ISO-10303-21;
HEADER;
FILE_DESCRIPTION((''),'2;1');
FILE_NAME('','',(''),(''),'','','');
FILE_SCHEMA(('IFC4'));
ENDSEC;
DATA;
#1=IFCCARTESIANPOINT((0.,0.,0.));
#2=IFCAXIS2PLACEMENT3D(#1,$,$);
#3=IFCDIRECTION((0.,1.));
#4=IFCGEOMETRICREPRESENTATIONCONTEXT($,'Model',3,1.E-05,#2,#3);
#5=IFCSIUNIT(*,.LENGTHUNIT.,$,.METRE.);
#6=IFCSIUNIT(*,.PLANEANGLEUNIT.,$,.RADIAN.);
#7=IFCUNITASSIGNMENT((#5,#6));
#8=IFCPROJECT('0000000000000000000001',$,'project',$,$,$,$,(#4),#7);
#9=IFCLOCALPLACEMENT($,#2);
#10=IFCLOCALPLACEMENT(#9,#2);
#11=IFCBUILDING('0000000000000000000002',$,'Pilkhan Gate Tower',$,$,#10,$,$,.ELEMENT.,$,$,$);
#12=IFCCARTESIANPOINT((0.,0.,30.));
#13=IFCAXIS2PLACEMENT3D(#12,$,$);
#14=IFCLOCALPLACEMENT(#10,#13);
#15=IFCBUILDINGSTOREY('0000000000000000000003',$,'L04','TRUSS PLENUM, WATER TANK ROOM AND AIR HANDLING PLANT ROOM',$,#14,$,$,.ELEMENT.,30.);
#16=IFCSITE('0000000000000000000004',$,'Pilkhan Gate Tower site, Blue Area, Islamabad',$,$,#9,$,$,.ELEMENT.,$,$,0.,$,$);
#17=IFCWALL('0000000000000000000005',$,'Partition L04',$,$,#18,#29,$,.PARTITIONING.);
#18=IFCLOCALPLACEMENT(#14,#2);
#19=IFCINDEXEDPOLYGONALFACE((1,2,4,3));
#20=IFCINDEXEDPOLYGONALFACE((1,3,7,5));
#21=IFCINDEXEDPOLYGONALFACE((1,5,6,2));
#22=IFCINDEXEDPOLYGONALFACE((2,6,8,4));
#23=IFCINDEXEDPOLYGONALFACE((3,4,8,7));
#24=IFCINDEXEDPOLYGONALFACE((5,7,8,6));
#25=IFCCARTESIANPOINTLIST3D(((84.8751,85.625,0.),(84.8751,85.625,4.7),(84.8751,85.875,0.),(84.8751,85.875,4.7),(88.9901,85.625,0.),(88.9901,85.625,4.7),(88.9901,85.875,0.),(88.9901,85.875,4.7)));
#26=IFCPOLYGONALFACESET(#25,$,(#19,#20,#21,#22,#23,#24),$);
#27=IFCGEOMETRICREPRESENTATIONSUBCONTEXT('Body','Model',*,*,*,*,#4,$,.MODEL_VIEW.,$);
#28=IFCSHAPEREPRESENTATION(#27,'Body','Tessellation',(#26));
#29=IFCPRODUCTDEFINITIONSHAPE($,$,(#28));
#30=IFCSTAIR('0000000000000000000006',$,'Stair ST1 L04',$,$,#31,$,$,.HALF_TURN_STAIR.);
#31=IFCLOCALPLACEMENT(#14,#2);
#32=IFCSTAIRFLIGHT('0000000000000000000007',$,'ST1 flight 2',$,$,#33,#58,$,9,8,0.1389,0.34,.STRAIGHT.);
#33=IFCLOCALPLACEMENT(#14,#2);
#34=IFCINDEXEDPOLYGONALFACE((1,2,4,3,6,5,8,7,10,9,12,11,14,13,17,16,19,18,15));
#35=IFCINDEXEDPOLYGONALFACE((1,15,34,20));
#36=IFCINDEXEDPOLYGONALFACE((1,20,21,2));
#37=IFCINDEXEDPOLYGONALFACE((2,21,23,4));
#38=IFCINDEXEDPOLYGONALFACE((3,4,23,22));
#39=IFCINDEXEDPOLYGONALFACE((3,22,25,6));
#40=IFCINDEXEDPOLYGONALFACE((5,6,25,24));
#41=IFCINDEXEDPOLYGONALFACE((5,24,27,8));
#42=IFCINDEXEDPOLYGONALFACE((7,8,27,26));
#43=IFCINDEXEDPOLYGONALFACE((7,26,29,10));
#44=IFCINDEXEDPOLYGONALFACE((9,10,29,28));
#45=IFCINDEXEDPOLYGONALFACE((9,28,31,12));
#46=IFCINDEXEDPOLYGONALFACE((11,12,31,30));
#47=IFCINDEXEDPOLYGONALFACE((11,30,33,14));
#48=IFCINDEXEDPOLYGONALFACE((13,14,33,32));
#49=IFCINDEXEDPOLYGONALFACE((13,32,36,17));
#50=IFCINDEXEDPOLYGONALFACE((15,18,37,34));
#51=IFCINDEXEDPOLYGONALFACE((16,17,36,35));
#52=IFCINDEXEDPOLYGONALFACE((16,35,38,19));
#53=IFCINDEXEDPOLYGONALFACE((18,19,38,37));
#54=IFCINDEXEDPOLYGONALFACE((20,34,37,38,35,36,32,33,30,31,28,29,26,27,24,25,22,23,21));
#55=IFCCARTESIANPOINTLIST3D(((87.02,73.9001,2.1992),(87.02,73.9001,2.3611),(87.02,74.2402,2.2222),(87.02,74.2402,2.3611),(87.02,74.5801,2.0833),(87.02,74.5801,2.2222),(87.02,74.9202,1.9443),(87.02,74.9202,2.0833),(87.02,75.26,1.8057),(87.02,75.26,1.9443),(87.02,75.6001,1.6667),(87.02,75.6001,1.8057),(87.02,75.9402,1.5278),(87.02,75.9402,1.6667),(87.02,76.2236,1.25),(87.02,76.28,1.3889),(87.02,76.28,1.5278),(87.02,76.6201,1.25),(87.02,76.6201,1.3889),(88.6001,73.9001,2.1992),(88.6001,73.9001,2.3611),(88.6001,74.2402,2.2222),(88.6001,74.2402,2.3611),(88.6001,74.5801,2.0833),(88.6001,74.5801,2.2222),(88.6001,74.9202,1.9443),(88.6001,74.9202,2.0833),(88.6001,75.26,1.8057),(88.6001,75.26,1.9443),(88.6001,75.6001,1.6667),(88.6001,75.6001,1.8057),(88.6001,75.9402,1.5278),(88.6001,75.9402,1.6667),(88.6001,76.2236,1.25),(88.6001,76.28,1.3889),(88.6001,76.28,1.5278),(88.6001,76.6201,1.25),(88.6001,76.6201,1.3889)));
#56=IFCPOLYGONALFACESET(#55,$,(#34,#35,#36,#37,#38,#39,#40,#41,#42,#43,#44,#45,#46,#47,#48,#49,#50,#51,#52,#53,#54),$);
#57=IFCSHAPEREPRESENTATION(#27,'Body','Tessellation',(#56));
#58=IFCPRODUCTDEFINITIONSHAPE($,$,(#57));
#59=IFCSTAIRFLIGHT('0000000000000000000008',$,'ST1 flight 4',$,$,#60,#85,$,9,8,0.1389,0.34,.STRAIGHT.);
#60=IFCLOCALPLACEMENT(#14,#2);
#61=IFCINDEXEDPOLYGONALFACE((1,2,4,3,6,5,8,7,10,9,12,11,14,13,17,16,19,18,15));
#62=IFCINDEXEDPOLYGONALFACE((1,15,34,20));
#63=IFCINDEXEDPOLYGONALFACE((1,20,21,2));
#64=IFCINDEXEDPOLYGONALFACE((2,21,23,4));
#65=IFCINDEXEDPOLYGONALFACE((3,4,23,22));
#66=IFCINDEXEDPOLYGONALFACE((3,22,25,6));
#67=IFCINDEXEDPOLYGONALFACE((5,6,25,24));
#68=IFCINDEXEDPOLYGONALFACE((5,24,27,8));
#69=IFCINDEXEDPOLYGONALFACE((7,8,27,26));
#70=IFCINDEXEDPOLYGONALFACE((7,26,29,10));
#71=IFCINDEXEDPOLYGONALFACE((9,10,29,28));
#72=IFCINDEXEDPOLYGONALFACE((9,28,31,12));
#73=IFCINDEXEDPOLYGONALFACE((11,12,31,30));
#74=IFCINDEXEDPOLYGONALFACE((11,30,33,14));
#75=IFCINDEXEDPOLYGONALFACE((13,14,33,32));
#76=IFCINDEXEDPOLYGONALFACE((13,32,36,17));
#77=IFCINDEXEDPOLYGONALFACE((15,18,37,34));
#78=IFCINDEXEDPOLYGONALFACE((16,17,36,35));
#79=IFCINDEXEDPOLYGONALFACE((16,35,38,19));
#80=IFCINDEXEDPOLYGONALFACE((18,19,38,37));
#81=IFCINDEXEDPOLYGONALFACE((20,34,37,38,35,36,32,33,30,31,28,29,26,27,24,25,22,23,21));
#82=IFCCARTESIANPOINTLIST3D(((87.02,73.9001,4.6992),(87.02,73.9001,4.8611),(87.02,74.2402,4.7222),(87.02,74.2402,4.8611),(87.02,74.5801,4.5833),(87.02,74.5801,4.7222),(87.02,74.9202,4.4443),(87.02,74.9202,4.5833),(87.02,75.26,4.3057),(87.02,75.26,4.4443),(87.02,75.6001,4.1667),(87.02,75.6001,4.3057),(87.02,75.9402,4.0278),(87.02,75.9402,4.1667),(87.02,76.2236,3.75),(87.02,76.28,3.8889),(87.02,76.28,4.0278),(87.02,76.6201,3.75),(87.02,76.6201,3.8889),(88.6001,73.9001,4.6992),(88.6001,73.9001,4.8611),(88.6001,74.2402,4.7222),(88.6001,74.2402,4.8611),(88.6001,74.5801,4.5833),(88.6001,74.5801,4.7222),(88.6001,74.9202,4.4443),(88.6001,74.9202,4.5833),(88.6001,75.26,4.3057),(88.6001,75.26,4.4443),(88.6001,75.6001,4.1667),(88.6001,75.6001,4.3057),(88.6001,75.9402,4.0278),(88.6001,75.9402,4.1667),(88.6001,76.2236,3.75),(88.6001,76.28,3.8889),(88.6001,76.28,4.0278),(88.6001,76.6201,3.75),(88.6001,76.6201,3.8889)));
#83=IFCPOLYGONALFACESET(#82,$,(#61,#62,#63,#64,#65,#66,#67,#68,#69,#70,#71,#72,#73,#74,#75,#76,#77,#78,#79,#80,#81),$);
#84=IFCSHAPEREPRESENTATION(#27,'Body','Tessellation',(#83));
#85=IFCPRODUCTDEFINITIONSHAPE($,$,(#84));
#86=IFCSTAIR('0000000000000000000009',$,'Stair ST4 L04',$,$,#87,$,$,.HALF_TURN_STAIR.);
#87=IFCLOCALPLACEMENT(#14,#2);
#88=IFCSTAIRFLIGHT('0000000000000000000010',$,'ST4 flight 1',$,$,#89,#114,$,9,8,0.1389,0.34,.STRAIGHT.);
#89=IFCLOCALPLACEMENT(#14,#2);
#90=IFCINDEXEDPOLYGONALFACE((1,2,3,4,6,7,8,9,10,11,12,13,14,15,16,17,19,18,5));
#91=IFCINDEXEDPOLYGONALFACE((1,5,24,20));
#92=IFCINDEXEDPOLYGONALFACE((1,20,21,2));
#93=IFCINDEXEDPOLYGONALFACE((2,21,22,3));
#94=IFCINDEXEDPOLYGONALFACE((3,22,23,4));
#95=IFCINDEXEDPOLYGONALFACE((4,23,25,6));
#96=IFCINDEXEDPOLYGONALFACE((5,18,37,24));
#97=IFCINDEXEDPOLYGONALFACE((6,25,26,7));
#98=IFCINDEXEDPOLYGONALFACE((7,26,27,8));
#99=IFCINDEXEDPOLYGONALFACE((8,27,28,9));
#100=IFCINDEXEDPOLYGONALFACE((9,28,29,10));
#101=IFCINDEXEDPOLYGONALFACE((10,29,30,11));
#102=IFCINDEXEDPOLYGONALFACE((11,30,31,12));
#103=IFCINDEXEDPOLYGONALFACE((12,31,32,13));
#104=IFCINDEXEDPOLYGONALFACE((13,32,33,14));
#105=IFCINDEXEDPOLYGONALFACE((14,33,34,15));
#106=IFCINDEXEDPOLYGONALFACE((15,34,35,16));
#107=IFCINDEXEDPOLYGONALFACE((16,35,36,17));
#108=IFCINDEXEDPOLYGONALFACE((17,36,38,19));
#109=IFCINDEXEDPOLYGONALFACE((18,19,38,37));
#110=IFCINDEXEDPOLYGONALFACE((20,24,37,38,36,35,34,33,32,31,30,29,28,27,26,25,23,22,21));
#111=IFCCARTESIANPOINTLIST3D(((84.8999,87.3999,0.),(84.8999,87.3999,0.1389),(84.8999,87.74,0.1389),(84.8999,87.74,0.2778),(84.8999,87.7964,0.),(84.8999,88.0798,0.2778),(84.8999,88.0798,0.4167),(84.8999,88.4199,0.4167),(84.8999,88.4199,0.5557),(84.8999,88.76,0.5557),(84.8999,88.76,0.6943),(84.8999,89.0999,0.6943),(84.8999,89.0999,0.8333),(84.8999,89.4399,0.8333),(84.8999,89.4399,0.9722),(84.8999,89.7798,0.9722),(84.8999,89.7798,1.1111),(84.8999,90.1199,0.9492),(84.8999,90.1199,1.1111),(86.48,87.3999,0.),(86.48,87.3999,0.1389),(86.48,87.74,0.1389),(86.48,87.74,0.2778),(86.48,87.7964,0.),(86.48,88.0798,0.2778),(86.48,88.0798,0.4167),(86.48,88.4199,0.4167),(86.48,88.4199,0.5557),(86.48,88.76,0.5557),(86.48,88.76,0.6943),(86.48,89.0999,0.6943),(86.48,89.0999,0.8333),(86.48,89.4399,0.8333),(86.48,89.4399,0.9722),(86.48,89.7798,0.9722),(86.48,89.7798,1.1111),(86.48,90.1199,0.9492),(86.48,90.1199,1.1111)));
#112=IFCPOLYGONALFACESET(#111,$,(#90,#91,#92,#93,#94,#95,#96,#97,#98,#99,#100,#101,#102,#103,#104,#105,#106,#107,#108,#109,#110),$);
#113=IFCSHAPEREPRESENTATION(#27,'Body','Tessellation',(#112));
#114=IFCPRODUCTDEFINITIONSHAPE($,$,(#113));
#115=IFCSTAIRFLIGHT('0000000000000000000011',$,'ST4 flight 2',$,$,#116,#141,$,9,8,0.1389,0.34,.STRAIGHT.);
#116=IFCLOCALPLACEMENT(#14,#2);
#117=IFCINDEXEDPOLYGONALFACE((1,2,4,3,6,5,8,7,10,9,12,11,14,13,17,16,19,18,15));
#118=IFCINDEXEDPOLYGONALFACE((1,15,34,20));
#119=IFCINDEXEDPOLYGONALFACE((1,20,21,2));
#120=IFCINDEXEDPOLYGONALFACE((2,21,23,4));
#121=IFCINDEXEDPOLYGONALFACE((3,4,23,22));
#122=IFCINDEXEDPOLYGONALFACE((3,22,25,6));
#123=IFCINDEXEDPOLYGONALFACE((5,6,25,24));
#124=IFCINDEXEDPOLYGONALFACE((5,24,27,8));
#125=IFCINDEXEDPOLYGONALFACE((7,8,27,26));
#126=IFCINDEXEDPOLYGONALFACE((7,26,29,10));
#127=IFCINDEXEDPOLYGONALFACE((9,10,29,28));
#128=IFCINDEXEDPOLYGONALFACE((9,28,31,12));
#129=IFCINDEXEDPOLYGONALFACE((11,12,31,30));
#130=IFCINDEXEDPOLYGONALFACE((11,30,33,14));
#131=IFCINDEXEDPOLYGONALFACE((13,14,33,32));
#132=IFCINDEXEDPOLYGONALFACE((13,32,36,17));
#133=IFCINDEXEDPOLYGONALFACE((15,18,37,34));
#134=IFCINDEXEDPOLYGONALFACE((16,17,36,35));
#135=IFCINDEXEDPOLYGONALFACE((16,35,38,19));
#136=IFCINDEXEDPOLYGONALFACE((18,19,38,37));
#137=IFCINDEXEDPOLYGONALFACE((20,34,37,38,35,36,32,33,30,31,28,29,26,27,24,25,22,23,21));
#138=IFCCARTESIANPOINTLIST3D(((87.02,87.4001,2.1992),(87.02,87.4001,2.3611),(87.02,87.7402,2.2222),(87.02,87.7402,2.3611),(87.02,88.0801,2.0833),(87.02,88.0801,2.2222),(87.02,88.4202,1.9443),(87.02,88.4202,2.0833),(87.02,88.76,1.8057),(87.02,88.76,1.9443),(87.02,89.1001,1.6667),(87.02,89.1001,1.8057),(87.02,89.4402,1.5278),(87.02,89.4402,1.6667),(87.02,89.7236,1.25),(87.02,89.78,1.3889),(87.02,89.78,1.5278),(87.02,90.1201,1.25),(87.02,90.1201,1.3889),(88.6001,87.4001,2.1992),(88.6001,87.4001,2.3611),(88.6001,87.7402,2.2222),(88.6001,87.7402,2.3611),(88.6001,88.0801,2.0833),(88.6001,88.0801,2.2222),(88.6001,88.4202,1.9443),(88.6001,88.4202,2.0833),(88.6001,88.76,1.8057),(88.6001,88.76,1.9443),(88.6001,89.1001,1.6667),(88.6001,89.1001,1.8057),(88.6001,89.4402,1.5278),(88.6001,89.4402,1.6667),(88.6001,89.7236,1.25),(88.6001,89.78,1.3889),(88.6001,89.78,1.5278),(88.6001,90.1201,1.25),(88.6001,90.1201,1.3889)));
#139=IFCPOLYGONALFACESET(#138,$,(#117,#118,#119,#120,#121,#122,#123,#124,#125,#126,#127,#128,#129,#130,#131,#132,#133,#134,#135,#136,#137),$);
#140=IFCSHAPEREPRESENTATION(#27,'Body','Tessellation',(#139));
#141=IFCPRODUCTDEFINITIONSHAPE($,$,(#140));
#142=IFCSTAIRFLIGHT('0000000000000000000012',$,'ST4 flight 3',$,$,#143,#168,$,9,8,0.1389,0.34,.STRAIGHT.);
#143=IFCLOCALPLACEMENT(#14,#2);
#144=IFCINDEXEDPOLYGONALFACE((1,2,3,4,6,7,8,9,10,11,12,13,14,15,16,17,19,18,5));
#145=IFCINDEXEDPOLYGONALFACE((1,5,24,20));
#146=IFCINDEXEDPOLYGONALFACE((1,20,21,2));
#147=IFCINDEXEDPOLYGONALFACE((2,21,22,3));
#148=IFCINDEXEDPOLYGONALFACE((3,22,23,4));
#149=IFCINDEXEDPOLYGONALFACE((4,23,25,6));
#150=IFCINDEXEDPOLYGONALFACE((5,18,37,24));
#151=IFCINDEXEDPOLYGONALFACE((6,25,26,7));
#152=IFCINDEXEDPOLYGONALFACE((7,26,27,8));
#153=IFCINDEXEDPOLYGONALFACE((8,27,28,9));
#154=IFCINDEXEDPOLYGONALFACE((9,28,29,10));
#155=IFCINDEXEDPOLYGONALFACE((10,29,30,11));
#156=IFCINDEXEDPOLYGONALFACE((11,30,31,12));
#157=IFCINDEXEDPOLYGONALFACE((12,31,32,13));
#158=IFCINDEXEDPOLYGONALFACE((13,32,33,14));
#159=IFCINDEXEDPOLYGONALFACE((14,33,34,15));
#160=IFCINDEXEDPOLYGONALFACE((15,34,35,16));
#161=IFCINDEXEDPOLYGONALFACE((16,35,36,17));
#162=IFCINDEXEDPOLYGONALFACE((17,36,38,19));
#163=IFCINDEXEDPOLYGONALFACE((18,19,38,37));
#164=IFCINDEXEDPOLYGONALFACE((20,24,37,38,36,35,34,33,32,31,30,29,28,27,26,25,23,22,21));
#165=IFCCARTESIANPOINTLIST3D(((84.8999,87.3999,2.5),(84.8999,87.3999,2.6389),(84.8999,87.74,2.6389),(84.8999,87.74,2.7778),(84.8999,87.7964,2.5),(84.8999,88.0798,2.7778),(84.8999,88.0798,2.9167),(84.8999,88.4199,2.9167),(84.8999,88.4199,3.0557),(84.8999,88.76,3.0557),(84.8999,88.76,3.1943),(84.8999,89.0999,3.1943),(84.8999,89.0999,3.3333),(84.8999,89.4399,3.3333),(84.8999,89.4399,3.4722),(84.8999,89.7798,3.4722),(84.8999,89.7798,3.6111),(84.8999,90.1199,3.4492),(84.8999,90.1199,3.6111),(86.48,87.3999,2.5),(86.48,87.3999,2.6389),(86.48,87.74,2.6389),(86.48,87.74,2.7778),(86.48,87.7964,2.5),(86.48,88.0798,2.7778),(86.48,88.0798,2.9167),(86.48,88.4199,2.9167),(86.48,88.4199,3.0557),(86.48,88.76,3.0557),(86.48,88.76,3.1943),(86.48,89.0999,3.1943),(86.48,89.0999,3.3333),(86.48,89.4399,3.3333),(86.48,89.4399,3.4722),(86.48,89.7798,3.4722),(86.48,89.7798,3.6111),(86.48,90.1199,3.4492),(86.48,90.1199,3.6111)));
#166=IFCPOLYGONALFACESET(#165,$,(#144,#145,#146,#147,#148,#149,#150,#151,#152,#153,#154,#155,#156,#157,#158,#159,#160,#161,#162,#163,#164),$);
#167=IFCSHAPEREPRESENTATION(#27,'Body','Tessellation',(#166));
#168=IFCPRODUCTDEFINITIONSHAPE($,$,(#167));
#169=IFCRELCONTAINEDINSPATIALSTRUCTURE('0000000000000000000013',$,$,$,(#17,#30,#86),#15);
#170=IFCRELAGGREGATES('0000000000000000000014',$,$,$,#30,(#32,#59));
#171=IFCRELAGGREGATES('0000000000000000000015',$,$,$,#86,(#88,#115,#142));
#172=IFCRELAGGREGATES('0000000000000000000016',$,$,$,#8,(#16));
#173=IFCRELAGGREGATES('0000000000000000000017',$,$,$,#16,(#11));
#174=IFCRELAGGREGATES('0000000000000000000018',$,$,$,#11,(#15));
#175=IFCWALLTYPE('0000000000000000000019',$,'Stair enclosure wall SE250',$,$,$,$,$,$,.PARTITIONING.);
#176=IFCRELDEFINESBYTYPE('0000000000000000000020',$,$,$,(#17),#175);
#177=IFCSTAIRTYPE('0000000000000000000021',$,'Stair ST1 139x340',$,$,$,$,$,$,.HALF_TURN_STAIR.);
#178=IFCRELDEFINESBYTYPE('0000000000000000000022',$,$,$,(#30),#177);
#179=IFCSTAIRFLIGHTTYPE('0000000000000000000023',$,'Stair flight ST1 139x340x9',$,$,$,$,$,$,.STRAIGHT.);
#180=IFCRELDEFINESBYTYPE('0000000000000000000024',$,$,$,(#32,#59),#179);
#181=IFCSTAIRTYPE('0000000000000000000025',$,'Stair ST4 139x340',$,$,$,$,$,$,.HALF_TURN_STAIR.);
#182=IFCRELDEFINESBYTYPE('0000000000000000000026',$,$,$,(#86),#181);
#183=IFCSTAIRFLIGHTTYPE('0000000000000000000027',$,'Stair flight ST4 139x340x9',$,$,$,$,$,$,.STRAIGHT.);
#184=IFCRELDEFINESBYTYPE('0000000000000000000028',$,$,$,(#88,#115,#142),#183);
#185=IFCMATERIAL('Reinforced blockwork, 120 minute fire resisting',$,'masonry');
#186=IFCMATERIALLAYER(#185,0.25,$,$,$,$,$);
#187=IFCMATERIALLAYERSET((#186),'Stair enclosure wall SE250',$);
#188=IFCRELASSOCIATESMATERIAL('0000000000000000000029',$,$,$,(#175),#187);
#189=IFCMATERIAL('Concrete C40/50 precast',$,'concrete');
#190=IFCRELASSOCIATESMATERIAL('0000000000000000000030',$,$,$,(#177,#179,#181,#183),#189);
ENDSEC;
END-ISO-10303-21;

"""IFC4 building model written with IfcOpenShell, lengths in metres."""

from ifc_helpers import new_model, si_unit, direction, frame, frame_2d, origin, place, context, subcontext, project, spatial, polyline, rectangle, outline, extrude, material, layer, layer_set, type_object, element, aggregate, save


model = new_model("IFC4")

# Units and contexts
model_context = context("Model", 3, precision=1e-05, world=origin(), true_north=direction((0.0, 1.0)))
body_context = subcontext(model_context, "Body", "Model", "MODEL_VIEW")
ifc_project = project(units=[si_unit("LENGTHUNIT", "METRE"), si_unit("PLANEANGLEUNIT", "RADIAN")], contexts=[model_context])

# Site, building, storey
site_placement = place(None, origin())
site = spatial("IfcSite", under=ifc_project, at=site_placement, Name="Pilkhan Gate Tower site, Blue Area, Islamabad", CompositionType="ELEMENT", RefElevation=0.0)
building_placement = place(site_placement, origin())
building = spatial("IfcBuilding", under=site, at=building_placement, Name="Pilkhan Gate Tower", CompositionType="ELEMENT")
storey_placement = place(building_placement, frame((0.0, 0.0, 30.0)))
storey = spatial("IfcBuildingStorey", under=building, at=storey_placement, Name="L04", Description="TRUSS PLENUM, WATER TANK ROOM AND AIR HANDLING PLANT ROOM", CompositionType="ELEMENT", Elevation=30.0)

# Wall
ifc_material_1 = material(Name="Reinforced blockwork, 120 minute fire resisting", Category="masonry")
ifc_layer = layer(ifc_material_1, 0.25)
ifc_layer_set = layer_set([ifc_layer], Name="Stair enclosure wall SE250")
wall_type = type_object("IfcWallType", Name="Stair enclosure wall SE250", PredefinedType="PARTITIONING", material=ifc_layer_set)
wall_placement = place(storey_placement, frame((84.875, 85.75, 0.0), z_axis=(0.0, 0.0, 1.0), x_axis=(1.0, 0.0, 0.0)))
element("IfcWall", 1, at=wall_placement, inside=storey, type_object=wall_type, Name="Partition L04", PredefinedType="PARTITIONING", context=body_context, shape_type="SweptSolid", body=[
    extrude(rectangle(XDim=4.115, YDim=0.25, at=frame_2d((2.0576, 0.0))), origin(), (0.0, 0.0, 1.0), 4.7),
])

# Stairs, stair flights
ifc_material_2 = material(Name="Concrete C40/50 precast", Category="concrete")
stair_type_1 = type_object("IfcStairType", Name="Stair ST1 139x340", PredefinedType="HALF_TURN_STAIR", material=ifc_material_2)
stair_1_placement = place(storey_placement, origin())
stair_1 = element("IfcStair", 2, at=stair_1_placement, inside=storey, type_object=stair_type_1, Name="Stair ST1 L04", PredefinedType="HALF_TURN_STAIR")
stair_flight_type_1 = type_object("IfcStairFlightType", Name="Stair flight ST1 139x340x9", PredefinedType="STRAIGHT", material=ifc_material_2)
stair_flight_1_placement = place(storey_placement, frame((87.8101, 76.6201, 1.25), z_axis=(0.0, 0.0, 1.0), x_axis=(0.0, -1.0, 0.0)))
stair_flight_1 = element("IfcStairFlight", 3, at=stair_flight_1_placement, type_object=stair_flight_type_1, Name="ST1 flight 2", NumberOfRisers=9, NumberOfTreads=8, PredefinedType="STRAIGHT", RiserHeight=0.1389, TreadLength=0.34, context=body_context, shape_type="SweptSolid", body=[
    extrude(outline(polyline([(0.0, 0.0), (0.0, 0.1389), (0.3401, 0.1389), (0.3401, 0.2778), (0.6799, 0.2778), (0.6799, 0.4167), (1.02, 0.4167), (1.02, 0.5557), (1.3601, 0.5557), (1.3601, 0.6943), (1.7, 0.6943), (1.7, 0.8333), (2.04, 0.8333), (2.04, 0.9722), (2.3799, 0.9722), (2.3799, 1.1111), (2.72, 1.1111), (2.72, 1.25), (2.72, 0.9492), (0.3965, 0.0), (0.0, 0.0)])), frame((0.0, 0.79, 0.0), z_axis=(0.0, -1.0, 0.0), x_axis=(1.0, 0.0, 0.0)), (0.0, 0.0, 1.0), 1.5801),
])
stair_flight_2_placement = place(storey_placement, frame((87.8101, 76.6201, 3.75), z_axis=(0.0, 0.0, 1.0), x_axis=(0.0, -1.0, 0.0)))
stair_flight_2 = element("IfcStairFlight", 4, at=stair_flight_2_placement, type_object=stair_flight_type_1, Name="ST1 flight 4", NumberOfRisers=9, NumberOfTreads=8, PredefinedType="STRAIGHT", RiserHeight=0.1389, TreadLength=0.34, context=body_context, shape_type="SweptSolid", body=[
    extrude(outline(polyline([(0.0, 0.0), (0.0, 0.1389), (0.3401, 0.1389), (0.3401, 0.2778), (0.6799, 0.2778), (0.6799, 0.4167), (1.02, 0.4167), (1.02, 0.5557), (1.3601, 0.5557), (1.3601, 0.6943), (1.7, 0.6943), (1.7, 0.8333), (2.04, 0.8333), (2.04, 0.9722), (2.3799, 0.9722), (2.3799, 1.1111), (2.72, 1.1111), (2.72, 1.25), (2.72, 0.9492), (0.3965, 0.0), (0.0, 0.0)])), frame((0.0, 0.79, 0.0), z_axis=(0.0, -1.0, 0.0), x_axis=(1.0, 0.0, 0.0)), (0.0, 0.0, 1.0), 1.5801),
])
aggregate(stair_1, [stair_flight_1, stair_flight_2])
stair_type_2 = type_object("IfcStairType", Name="Stair ST4 139x340", PredefinedType="HALF_TURN_STAIR", material=ifc_material_2)
stair_2_placement = place(storey_placement, origin())
stair_2 = element("IfcStair", 5, at=stair_2_placement, inside=storey, type_object=stair_type_2, Name="Stair ST4 L04", PredefinedType="HALF_TURN_STAIR")
stair_flight_type_2 = type_object("IfcStairFlightType", Name="Stair flight ST4 139x340x9", PredefinedType="STRAIGHT", material=ifc_material_2)
stair_flight_3_placement = place(storey_placement, frame((85.6899, 87.3999, 0.0), z_axis=(0.0, 0.0, 1.0), x_axis=(0.0, 1.0, 0.0)))
stair_flight_3 = element("IfcStairFlight", 6, at=stair_flight_3_placement, type_object=stair_flight_type_2, Name="ST4 flight 1", NumberOfRisers=9, NumberOfTreads=8, PredefinedType="STRAIGHT", RiserHeight=0.1389, TreadLength=0.34, context=body_context, shape_type="SweptSolid", body=[
    extrude(outline(polyline([(0.0, 0.0), (0.0, 0.1389), (0.3401, 0.1389), (0.3401, 0.2778), (0.6799, 0.2778), (0.6799, 0.4167), (1.02, 0.4167), (1.02, 0.5557), (1.3601, 0.5557), (1.3601, 0.6943), (1.7, 0.6943), (1.7, 0.8333), (2.04, 0.8333), (2.04, 0.9722), (2.3799, 0.9722), (2.3799, 1.1111), (2.72, 1.1111), (2.72, 1.25), (2.72, 0.9492), (0.3965, 0.0), (0.0, 0.0)])), frame((0.0, 0.79, 0.0), z_axis=(0.0, -1.0, 0.0), x_axis=(1.0, 0.0, 0.0)), (0.0, 0.0, 1.0), 1.5801),
])
stair_flight_4_placement = place(storey_placement, frame((87.8101, 90.1201, 1.25), z_axis=(0.0, 0.0, 1.0), x_axis=(0.0, -1.0, 0.0)))
stair_flight_4 = element("IfcStairFlight", 7, at=stair_flight_4_placement, type_object=stair_flight_type_2, Name="ST4 flight 2", NumberOfRisers=9, NumberOfTreads=8, PredefinedType="STRAIGHT", RiserHeight=0.1389, TreadLength=0.34, context=body_context, shape_type="SweptSolid", body=[
    extrude(outline(polyline([(0.0, 0.0), (0.0, 0.1389), (0.3401, 0.1389), (0.3401, 0.2778), (0.6799, 0.2778), (0.6799, 0.4167), (1.02, 0.4167), (1.02, 0.5557), (1.3601, 0.5557), (1.3601, 0.6943), (1.7, 0.6943), (1.7, 0.8333), (2.04, 0.8333), (2.04, 0.9722), (2.3799, 0.9722), (2.3799, 1.1111), (2.72, 1.1111), (2.72, 1.25), (2.72, 0.9492), (0.3965, 0.0), (0.0, 0.0)])), frame((0.0, 0.79, 0.0), z_axis=(0.0, -1.0, 0.0), x_axis=(1.0, 0.0, 0.0)), (0.0, 0.0, 1.0), 1.5801),
])
stair_flight_5_placement = place(storey_placement, frame((85.6899, 87.3999, 2.5), z_axis=(0.0, 0.0, 1.0), x_axis=(0.0, 1.0, 0.0)))
stair_flight_5 = element("IfcStairFlight", 8, at=stair_flight_5_placement, type_object=stair_flight_type_2, Name="ST4 flight 3", NumberOfRisers=9, NumberOfTreads=8, PredefinedType="STRAIGHT", RiserHeight=0.1389, TreadLength=0.34, context=body_context, shape_type="SweptSolid", body=[
    extrude(outline(polyline([(0.0, 0.0), (0.0, 0.1389), (0.3401, 0.1389), (0.3401, 0.2778), (0.6799, 0.2778), (0.6799, 0.4167), (1.02, 0.4167), (1.02, 0.5557), (1.3601, 0.5557), (1.3601, 0.6943), (1.7, 0.6943), (1.7, 0.8333), (2.04, 0.8333), (2.04, 0.9722), (2.3799, 0.9722), (2.3799, 1.1111), (2.72, 1.1111), (2.72, 1.25), (2.72, 0.9492), (0.3965, 0.0), (0.0, 0.0)])), frame((0.0, 0.79, 0.0), z_axis=(0.0, -1.0, 0.0), x_axis=(1.0, 0.0, 0.0)), (0.0, 0.0, 1.0), 1.5801),
])
aggregate(stair_2, [stair_flight_3, stair_flight_4, stair_flight_5])

save(model, "model.ifc")
